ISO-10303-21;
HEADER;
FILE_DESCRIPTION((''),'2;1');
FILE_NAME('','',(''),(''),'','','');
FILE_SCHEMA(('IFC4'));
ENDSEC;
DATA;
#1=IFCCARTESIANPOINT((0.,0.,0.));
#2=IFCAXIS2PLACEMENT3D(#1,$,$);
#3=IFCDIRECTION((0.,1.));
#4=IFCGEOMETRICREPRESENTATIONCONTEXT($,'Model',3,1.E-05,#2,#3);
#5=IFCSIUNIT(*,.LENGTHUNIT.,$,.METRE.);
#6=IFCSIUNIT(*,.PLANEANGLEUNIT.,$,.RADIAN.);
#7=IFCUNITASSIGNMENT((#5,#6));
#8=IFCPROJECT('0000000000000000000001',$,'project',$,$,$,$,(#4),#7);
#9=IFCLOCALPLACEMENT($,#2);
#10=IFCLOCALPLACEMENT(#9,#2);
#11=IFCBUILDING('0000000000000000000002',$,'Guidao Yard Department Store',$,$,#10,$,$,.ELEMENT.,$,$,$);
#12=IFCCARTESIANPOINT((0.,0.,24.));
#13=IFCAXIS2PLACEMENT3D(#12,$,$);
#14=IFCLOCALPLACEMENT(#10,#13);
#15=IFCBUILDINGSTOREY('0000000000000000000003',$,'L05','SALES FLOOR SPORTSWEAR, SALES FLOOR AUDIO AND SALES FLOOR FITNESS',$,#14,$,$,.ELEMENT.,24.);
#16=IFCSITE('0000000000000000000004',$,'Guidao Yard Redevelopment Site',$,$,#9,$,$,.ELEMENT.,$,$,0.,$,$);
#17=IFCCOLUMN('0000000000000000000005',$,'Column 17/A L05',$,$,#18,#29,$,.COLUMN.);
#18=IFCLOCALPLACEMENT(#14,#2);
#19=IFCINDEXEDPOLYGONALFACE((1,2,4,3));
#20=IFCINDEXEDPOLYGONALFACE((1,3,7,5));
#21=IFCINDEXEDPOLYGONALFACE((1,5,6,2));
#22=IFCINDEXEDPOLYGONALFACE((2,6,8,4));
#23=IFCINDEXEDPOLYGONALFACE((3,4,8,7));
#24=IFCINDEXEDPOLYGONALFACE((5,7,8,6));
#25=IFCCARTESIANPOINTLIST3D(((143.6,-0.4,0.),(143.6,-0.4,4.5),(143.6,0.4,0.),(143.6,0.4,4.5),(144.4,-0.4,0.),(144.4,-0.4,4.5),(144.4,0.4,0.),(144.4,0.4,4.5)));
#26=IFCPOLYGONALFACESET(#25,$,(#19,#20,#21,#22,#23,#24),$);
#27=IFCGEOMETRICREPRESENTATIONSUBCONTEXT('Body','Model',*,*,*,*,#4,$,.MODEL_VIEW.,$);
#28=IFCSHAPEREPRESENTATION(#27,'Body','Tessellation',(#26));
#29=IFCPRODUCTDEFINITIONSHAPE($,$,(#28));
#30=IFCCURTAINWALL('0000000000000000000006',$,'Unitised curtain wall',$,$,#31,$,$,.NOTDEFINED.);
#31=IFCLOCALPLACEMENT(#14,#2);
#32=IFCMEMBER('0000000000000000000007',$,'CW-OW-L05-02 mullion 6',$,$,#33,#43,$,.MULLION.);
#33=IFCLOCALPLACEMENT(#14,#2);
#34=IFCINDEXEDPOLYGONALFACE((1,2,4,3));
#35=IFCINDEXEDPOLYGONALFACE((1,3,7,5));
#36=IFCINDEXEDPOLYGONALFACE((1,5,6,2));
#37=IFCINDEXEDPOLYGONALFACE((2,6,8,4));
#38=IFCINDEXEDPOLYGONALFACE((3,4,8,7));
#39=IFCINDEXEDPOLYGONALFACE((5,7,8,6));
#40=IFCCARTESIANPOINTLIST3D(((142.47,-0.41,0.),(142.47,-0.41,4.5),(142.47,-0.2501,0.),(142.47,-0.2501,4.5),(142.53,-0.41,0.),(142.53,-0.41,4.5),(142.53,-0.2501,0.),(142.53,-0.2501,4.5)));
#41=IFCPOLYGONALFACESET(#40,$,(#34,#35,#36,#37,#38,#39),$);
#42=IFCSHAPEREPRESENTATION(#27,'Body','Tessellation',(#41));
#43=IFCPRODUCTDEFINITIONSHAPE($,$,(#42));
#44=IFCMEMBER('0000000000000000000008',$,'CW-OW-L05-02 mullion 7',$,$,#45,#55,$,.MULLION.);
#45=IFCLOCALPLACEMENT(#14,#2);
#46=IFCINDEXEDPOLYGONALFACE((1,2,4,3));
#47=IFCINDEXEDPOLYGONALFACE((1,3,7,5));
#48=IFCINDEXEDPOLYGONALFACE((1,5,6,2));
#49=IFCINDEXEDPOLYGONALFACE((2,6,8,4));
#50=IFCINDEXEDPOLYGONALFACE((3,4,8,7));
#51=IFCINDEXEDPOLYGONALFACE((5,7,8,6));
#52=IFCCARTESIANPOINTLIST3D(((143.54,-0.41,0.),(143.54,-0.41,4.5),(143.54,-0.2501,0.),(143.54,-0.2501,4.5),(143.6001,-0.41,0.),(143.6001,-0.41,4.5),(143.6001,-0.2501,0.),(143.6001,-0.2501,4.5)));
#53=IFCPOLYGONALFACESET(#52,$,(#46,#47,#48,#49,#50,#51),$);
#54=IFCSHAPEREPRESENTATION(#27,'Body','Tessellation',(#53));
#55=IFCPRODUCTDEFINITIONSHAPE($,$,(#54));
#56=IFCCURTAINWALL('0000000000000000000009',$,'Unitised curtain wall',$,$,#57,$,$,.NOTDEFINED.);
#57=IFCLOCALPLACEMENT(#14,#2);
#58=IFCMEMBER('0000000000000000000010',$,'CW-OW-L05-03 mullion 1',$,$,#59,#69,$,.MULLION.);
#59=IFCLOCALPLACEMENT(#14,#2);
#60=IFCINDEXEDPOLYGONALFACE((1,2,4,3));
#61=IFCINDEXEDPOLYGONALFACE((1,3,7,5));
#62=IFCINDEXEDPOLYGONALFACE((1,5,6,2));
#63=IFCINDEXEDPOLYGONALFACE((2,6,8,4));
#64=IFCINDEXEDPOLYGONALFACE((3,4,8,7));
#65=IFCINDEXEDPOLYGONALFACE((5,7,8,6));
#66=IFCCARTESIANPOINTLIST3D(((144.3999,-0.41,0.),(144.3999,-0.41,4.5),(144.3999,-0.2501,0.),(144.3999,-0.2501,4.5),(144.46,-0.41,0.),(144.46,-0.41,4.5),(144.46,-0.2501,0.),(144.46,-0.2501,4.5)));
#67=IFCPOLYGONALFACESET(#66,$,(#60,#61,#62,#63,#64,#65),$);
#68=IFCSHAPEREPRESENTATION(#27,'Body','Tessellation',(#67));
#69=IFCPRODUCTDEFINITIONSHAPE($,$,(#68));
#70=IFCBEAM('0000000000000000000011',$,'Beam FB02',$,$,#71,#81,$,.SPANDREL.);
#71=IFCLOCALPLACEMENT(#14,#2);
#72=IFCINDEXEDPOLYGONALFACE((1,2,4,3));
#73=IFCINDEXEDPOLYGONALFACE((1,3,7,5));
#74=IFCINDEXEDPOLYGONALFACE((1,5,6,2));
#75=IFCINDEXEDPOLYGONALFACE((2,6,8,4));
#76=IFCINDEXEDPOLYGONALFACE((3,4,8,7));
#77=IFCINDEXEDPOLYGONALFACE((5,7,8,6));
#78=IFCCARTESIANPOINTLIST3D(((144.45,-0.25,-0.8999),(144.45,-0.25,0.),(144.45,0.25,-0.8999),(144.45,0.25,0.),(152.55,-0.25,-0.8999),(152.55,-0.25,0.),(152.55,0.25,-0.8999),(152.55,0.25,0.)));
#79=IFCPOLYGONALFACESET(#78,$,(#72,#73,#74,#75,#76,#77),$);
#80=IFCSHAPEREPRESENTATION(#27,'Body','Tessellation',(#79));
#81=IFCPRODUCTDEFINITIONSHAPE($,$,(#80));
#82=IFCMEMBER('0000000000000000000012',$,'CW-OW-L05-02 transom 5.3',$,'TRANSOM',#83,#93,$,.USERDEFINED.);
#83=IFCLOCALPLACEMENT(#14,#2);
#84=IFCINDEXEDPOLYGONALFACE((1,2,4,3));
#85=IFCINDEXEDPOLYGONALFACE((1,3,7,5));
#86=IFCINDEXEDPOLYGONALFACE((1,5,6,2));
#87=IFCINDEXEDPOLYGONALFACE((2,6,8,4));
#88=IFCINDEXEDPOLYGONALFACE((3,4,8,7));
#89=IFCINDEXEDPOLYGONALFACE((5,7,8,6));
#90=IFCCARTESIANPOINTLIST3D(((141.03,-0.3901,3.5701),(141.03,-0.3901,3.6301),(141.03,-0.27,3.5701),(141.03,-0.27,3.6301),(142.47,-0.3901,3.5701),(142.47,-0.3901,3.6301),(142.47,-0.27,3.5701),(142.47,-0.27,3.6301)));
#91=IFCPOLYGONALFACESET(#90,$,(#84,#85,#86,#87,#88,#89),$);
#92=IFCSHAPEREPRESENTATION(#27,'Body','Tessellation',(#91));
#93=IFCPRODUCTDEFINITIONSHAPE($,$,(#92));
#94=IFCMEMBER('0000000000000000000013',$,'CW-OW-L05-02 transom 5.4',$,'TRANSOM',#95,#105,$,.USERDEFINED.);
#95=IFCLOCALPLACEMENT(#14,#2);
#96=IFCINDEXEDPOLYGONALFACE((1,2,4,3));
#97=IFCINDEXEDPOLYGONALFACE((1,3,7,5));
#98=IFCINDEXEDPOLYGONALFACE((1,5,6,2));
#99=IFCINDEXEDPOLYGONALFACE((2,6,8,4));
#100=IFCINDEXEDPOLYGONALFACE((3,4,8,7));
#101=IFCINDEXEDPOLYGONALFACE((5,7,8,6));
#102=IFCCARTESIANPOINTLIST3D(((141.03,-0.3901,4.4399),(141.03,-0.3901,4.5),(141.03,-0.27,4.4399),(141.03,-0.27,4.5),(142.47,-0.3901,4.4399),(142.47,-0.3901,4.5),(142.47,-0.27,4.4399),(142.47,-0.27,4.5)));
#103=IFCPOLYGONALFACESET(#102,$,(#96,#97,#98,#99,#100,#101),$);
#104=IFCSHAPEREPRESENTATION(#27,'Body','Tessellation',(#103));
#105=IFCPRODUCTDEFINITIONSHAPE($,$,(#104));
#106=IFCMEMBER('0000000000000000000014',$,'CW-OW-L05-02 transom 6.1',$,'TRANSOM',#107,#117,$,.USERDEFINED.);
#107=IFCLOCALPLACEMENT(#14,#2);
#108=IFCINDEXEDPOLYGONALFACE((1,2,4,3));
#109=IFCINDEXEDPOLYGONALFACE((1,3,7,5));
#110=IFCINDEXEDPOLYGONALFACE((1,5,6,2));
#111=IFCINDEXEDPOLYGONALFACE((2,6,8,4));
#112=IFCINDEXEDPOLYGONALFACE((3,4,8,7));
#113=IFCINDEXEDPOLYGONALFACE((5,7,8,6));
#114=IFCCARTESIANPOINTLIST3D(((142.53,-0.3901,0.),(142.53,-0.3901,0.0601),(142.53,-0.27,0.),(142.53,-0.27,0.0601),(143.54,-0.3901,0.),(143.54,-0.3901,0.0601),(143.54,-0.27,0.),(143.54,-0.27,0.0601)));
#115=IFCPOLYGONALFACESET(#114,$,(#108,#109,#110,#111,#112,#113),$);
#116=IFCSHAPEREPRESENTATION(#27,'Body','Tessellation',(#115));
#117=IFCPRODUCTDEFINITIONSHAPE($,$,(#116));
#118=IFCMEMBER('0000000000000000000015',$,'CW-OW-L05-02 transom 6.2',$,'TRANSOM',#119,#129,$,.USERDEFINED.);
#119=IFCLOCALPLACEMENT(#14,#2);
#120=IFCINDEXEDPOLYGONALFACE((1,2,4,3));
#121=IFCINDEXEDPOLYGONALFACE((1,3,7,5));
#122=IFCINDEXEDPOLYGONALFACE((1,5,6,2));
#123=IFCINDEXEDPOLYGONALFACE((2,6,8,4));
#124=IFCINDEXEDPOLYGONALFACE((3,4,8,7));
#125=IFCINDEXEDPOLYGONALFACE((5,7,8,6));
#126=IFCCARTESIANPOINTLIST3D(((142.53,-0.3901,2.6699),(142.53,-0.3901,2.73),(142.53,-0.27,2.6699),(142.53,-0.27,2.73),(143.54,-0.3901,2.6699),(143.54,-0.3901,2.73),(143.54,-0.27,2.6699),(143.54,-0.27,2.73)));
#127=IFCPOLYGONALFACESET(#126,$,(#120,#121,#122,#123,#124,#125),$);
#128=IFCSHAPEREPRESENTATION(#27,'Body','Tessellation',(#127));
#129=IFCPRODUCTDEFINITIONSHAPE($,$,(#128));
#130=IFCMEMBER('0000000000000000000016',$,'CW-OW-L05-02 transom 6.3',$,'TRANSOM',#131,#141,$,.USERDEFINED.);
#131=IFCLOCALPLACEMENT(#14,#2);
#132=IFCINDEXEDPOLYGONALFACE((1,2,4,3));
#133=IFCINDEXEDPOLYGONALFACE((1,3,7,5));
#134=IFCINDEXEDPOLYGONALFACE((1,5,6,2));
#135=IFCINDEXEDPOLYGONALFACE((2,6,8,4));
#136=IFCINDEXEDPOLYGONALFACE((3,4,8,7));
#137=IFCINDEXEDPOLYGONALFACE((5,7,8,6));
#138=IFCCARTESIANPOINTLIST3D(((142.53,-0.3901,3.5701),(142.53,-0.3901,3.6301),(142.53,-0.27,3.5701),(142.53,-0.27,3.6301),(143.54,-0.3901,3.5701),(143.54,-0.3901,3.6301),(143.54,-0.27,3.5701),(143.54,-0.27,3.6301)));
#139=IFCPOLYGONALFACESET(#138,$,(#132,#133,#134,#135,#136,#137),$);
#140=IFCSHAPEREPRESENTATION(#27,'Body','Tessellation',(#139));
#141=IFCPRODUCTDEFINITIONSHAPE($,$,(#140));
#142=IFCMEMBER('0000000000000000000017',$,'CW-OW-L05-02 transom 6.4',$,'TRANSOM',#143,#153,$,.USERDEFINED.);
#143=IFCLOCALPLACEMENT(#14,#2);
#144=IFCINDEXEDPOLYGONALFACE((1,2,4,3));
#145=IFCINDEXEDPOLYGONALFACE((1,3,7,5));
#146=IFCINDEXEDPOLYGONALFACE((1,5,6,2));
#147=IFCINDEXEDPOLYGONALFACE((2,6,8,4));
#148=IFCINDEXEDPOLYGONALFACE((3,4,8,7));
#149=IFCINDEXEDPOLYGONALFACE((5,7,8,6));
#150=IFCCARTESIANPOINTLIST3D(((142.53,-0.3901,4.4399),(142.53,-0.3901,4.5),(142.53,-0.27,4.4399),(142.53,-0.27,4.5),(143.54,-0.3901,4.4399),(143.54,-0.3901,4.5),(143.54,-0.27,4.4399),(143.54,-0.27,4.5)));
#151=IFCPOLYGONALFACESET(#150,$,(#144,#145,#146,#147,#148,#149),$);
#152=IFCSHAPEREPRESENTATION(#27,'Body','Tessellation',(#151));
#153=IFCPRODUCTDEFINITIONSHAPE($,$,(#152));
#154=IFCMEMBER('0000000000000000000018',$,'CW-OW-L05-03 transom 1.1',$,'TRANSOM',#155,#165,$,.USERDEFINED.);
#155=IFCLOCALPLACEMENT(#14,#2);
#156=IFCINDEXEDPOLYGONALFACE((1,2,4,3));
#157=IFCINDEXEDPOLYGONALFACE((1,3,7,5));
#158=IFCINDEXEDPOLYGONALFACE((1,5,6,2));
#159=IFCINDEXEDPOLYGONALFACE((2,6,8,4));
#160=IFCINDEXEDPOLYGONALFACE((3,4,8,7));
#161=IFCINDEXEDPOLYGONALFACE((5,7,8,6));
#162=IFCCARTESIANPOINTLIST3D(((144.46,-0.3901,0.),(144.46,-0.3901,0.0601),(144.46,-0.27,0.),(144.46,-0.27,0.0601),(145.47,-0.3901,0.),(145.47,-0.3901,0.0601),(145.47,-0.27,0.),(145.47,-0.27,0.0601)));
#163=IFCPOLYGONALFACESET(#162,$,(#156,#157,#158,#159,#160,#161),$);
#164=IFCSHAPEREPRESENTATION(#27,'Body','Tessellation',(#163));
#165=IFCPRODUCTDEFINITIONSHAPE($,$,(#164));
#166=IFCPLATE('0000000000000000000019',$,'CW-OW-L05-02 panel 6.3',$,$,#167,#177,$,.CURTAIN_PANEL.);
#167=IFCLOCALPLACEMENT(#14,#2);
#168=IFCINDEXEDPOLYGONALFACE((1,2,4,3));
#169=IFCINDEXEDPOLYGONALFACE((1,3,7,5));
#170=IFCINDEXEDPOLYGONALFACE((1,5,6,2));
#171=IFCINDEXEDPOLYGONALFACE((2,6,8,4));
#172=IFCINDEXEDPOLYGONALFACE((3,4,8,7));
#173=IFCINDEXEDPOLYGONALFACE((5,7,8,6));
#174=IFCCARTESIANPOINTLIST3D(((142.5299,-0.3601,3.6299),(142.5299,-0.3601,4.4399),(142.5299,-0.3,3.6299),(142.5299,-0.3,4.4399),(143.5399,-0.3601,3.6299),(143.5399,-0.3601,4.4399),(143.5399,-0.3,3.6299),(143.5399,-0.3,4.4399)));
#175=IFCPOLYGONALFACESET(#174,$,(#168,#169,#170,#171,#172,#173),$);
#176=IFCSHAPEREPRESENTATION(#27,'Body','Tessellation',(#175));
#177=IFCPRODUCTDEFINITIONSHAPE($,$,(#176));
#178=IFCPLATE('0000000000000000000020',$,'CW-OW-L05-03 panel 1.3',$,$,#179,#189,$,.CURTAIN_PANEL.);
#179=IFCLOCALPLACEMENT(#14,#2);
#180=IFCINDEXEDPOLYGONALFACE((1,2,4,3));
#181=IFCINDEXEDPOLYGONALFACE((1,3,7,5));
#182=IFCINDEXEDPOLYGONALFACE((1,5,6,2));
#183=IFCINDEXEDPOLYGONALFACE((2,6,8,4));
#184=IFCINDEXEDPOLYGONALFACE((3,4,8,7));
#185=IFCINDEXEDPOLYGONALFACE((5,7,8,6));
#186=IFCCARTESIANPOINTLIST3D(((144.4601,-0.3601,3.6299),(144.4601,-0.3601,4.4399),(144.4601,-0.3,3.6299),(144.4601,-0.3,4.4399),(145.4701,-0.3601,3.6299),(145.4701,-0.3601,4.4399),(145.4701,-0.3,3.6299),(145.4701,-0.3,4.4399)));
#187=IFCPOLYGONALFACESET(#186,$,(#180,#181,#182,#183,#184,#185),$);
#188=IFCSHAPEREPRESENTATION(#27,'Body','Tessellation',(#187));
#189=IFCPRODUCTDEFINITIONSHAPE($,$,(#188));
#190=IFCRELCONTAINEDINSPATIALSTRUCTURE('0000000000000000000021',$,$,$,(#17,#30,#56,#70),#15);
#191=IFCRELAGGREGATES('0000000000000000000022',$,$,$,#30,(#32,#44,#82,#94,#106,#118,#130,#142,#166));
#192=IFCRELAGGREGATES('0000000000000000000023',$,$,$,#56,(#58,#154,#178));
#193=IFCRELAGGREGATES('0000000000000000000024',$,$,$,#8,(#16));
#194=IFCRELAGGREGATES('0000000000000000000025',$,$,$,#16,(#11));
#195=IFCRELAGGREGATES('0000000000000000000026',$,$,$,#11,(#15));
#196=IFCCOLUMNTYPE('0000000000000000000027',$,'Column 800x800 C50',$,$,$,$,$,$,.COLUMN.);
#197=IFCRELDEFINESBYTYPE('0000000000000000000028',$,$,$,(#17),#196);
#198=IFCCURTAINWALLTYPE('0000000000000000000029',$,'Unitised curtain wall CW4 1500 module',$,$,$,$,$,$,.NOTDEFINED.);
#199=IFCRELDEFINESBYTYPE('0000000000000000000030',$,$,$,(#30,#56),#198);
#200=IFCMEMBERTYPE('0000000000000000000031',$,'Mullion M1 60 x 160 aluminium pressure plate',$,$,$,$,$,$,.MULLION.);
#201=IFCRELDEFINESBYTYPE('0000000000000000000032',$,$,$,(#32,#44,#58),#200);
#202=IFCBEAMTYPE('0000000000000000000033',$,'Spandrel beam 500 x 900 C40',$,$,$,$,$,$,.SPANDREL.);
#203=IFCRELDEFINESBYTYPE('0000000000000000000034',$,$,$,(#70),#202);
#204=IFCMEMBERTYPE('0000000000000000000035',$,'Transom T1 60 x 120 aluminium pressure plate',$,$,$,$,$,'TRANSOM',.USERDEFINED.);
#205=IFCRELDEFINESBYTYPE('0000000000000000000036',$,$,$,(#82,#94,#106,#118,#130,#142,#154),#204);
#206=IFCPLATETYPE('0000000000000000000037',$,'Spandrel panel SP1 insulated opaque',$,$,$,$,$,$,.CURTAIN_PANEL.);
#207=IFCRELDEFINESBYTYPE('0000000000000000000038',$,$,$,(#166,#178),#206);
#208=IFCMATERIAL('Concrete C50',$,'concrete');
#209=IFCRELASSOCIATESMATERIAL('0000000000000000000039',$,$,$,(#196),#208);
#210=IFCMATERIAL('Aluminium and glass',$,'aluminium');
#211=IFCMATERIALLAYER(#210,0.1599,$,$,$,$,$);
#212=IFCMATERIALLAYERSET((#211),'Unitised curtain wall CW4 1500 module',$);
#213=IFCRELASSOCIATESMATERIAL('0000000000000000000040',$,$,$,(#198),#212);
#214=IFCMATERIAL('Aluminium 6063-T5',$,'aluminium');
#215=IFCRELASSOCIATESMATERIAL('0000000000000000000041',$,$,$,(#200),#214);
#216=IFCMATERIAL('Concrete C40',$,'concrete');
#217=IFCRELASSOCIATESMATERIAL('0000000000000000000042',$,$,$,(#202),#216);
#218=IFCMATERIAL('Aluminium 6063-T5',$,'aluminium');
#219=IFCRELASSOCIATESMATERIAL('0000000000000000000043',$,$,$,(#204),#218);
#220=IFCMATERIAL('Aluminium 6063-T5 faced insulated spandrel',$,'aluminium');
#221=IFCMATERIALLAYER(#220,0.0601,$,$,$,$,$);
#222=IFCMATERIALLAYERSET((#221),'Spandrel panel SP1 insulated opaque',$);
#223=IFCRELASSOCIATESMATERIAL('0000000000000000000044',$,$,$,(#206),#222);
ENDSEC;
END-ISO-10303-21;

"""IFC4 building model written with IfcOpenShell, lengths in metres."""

from ifc_helpers import new_model, si_unit, direction, frame, origin, origin_2d, place, context, subcontext, project, spatial, rectangle, extrude, material, layer, layer_set, material_profile, profile_set, type_object, element, aggregate, save


model = new_model("IFC4")

# Units and contexts
model_context = context("Model", 3, precision=1e-05, world=origin(), true_north=direction((0.0, 1.0)))
body_context = subcontext(model_context, "Body", "Model", "MODEL_VIEW")
ifc_project = project(units=[si_unit("LENGTHUNIT", "METRE"), si_unit("PLANEANGLEUNIT", "RADIAN")], contexts=[model_context])

# Site, building, storey
site_placement = place(None, origin())
site = spatial("IfcSite", under=ifc_project, at=site_placement, Name="Guidao Yard Redevelopment Site", CompositionType="ELEMENT", RefElevation=0.0)
building_placement = place(site_placement, origin())
building = spatial("IfcBuilding", under=site, at=building_placement, Name="Guidao Yard Department Store", CompositionType="ELEMENT")
storey_placement = place(building_placement, frame((0.0, 0.0, 24.0)))
storey = spatial("IfcBuildingStorey", under=building, at=storey_placement, Name="L05", Description="SALES FLOOR SPORTSWEAR, SALES FLOOR AUDIO AND SALES FLOOR FITNESS", CompositionType="ELEMENT", Elevation=24.0)

# Column
ifc_material_1 = material(Name="Concrete C50", Category="concrete")
ifc_material_profile_1 = material_profile(ifc_material_1, rectangle(XDim=0.8, YDim=0.8, at=origin_2d()), Name="COL 800x800")
ifc_profile_set_1 = profile_set([ifc_material_profile_1], Name="Concrete C50")
column_type = type_object("IfcColumnType", Name="Column 800x800 C50", PredefinedType="COLUMN", material=ifc_profile_set_1)
column_placement = place(storey_placement, frame((144.0, 0.0, 0.0), z_axis=(0.0, 0.0, 1.0), x_axis=(1.0, 0.0, 0.0)))
element("IfcColumn", 1, at=column_placement, inside=storey, type_object=column_type, Name="Column 17/A L05", PredefinedType="COLUMN", context=body_context, shape_type="SweptSolid", body=[
    extrude(rectangle(XDim=0.8, YDim=0.8, at=origin_2d()), origin(), (0.0, 0.0, 1.0), 4.5),
])

# Curtain wall, members
ifc_material_2 = material(Name="Aluminium and glass", Category="aluminium")
ifc_layer_1 = layer(ifc_material_2, 0.1599)
ifc_layer_set_1 = layer_set([ifc_layer_1], Name="Unitised curtain wall CW4 1500 module")
curtain_wall_type = type_object("IfcCurtainWallType", Name="Unitised curtain wall CW4 1500 module", PredefinedType="NOTDEFINED", material=ifc_layer_set_1)
curtain_wall_1_placement = place(storey_placement, origin())
curtain_wall_1 = element("IfcCurtainWall", 2, at=curtain_wall_1_placement, inside=storey, type_object=curtain_wall_type, Name="Unitised curtain wall", PredefinedType="NOTDEFINED")
ifc_material_3 = material(Name="Aluminium 6063-T5", Category="aluminium")
ifc_material_profile_2 = material_profile(ifc_material_3, rectangle(XDim=0.0601, YDim=0.1599, at=origin_2d()), Name="Mullion M1 60 x 160 aluminium pressure plate")
ifc_profile_set_2 = profile_set([ifc_material_profile_2], Name="Aluminium 6063-T5")
member_type_1 = type_object("IfcMemberType", Name="Mullion M1 60 x 160 aluminium pressure plate", PredefinedType="MULLION", material=ifc_profile_set_2)
member_1_placement = place(storey_placement, frame((142.5, -0.3301, 0.0), z_axis=(0.0, 0.0, 1.0), x_axis=(-1.0, 0.0, 0.0)))
member_1 = element("IfcMember", 3, at=member_1_placement, type_object=member_type_1, Name="CW-OW-L05-02 mullion 6", PredefinedType="MULLION", context=body_context, shape_type="SweptSolid", body=[
    extrude(rectangle(XDim=0.0601, YDim=0.1599, at=origin_2d()), origin(), (0.0, 0.0, 1.0), 4.5),
])
member_2_placement = place(storey_placement, frame((143.5701, -0.3301, 0.0), z_axis=(0.0, 0.0, 1.0), x_axis=(-1.0, 0.0, 0.0)))
member_2 = element("IfcMember", 4, at=member_2_placement, type_object=member_type_1, Name="CW-OW-L05-02 mullion 7", PredefinedType="MULLION", context=body_context, shape_type="SweptSolid", body=[
    extrude(rectangle(XDim=0.0601, YDim=0.1599, at=origin_2d()), origin(), (0.0, 0.0, 1.0), 4.5),
])

# Curtain wall, member
curtain_wall_2_placement = place(storey_placement, origin())
curtain_wall_2 = element("IfcCurtainWall", 5, at=curtain_wall_2_placement, inside=storey, type_object=curtain_wall_type, Name="Unitised curtain wall", PredefinedType="NOTDEFINED")
member_3_placement = place(storey_placement, frame((144.4299, -0.3301, 0.0), z_axis=(0.0, 0.0, 1.0), x_axis=(-1.0, 0.0, 0.0)))
member_3 = element("IfcMember", 6, at=member_3_placement, type_object=member_type_1, Name="CW-OW-L05-03 mullion 1", PredefinedType="MULLION", context=body_context, shape_type="SweptSolid", body=[
    extrude(rectangle(XDim=0.0601, YDim=0.1599, at=origin_2d()), origin(), (0.0, 0.0, 1.0), 4.5),
])

# Beam
ifc_material_4 = material(Name="Concrete C40", Category="concrete")
ifc_material_profile_3 = material_profile(ifc_material_4, rectangle(XDim=0.5, YDim=0.8999, at=origin_2d()), Name="Spandrel beam 500 x 900 C40")
ifc_profile_set_3 = profile_set([ifc_material_profile_3], Name="Concrete C40")
beam_type = type_object("IfcBeamType", Name="Spandrel beam 500 x 900 C40", PredefinedType="SPANDREL", material=ifc_profile_set_3)
beam_placement = place(storey_placement, frame((144.45, 0.0, -0.45), z_axis=(1.0, 0.0, 0.0), x_axis=(0.0, 1.0, 0.0)))
element("IfcBeam", 7, at=beam_placement, inside=storey, type_object=beam_type, Name="Beam FB02", PredefinedType="SPANDREL", context=body_context, shape_type="SweptSolid", body=[
    extrude(rectangle(XDim=0.5, YDim=0.8999, at=origin_2d()), origin(), (0.0, 0.0, 1.0), 8.1001),
])

# Members
ifc_material_5 = material(Name="Aluminium 6063-T5", Category="aluminium")
ifc_material_profile_4 = material_profile(ifc_material_5, rectangle(XDim=0.1201, YDim=0.0601, at=origin_2d()), Name="Transom T1 60 x 120 aluminium pressure plate")
ifc_profile_set_4 = profile_set([ifc_material_profile_4], Name="Aluminium 6063-T5")
member_type_2 = type_object("IfcMemberType", Name="Transom T1 60 x 120 aluminium pressure plate", ElementType="TRANSOM", PredefinedType="USERDEFINED", material=ifc_profile_set_4)
member_4_placement = place(storey_placement, frame((142.47, -0.3301, 3.6001), z_axis=(-1.0, 0.0, 0.0), x_axis=(0.0, -1.0, 0.0)))
member_4 = element("IfcMember", 8, at=member_4_placement, type_object=member_type_2, Name="CW-OW-L05-02 transom 5.3", ObjectType="TRANSOM", PredefinedType="USERDEFINED", context=body_context, shape_type="SweptSolid", body=[
    extrude(rectangle(XDim=0.1201, YDim=0.0601, at=origin_2d()), origin(), (0.0, 0.0, 1.0), 1.4399),
])
member_5_placement = place(storey_placement, frame((142.47, -0.3301, 4.47), z_axis=(-1.0, 0.0, 0.0), x_axis=(0.0, -1.0, 0.0)))
member_5 = element("IfcMember", 9, at=member_5_placement, type_object=member_type_2, Name="CW-OW-L05-02 transom 5.4", ObjectType="TRANSOM", PredefinedType="USERDEFINED", context=body_context, shape_type="SweptSolid", body=[
    extrude(rectangle(XDim=0.1201, YDim=0.0601, at=origin_2d()), origin(), (0.0, 0.0, 1.0), 1.4399),
])
member_6_placement = place(storey_placement, frame((143.54, -0.3301, 0.03), z_axis=(-1.0, 0.0, 0.0), x_axis=(0.0, -1.0, 0.0)))
member_6 = element("IfcMember", 10, at=member_6_placement, type_object=member_type_2, Name="CW-OW-L05-02 transom 6.1", ObjectType="TRANSOM", PredefinedType="USERDEFINED", context=body_context, shape_type="SweptSolid", body=[
    extrude(rectangle(XDim=0.1201, YDim=0.0601, at=origin_2d()), origin(), (0.0, 0.0, 1.0), 1.01),
])
member_7_placement = place(storey_placement, frame((143.54, -0.3301, 2.7), z_axis=(-1.0, 0.0, 0.0), x_axis=(0.0, -1.0, 0.0)))
member_7 = element("IfcMember", 11, at=member_7_placement, type_object=member_type_2, Name="CW-OW-L05-02 transom 6.2", ObjectType="TRANSOM", PredefinedType="USERDEFINED", context=body_context, shape_type="SweptSolid", body=[
    extrude(rectangle(XDim=0.1201, YDim=0.0601, at=origin_2d()), origin(), (0.0, 0.0, 1.0), 1.01),
])
member_8_placement = place(storey_placement, frame((143.54, -0.3301, 3.6001), z_axis=(-1.0, 0.0, 0.0), x_axis=(0.0, -1.0, 0.0)))
member_8 = element("IfcMember", 12, at=member_8_placement, type_object=member_type_2, Name="CW-OW-L05-02 transom 6.3", ObjectType="TRANSOM", PredefinedType="USERDEFINED", context=body_context, shape_type="SweptSolid", body=[
    extrude(rectangle(XDim=0.1201, YDim=0.0601, at=origin_2d()), origin(), (0.0, 0.0, 1.0), 1.01),
])
member_9_placement = place(storey_placement, frame((143.54, -0.3301, 4.47), z_axis=(-1.0, 0.0, 0.0), x_axis=(0.0, -1.0, 0.0)))
member_9 = element("IfcMember", 13, at=member_9_placement, type_object=member_type_2, Name="CW-OW-L05-02 transom 6.4", ObjectType="TRANSOM", PredefinedType="USERDEFINED", context=body_context, shape_type="SweptSolid", body=[
    extrude(rectangle(XDim=0.1201, YDim=0.0601, at=origin_2d()), origin(), (0.0, 0.0, 1.0), 1.01),
])
member_10_placement = place(storey_placement, frame((145.47, -0.3301, 0.03), z_axis=(-1.0, 0.0, 0.0), x_axis=(0.0, -1.0, 0.0)))
member_10 = element("IfcMember", 14, at=member_10_placement, type_object=member_type_2, Name="CW-OW-L05-03 transom 1.1", ObjectType="TRANSOM", PredefinedType="USERDEFINED", context=body_context, shape_type="SweptSolid", body=[
    extrude(rectangle(XDim=0.1201, YDim=0.0601, at=origin_2d()), origin(), (0.0, 0.0, 1.0), 1.01),
])

# Plates
ifc_material_6 = material(Name="Aluminium 6063-T5 faced insulated spandrel", Category="aluminium")
ifc_layer_2 = layer(ifc_material_6, 0.0601)
ifc_layer_set_2 = layer_set([ifc_layer_2], Name="Spandrel panel SP1 insulated opaque")
plate_type_1 = type_object("IfcPlateType", Name="Spandrel panel SP1 insulated opaque", PredefinedType="CURTAIN_PANEL", material=ifc_layer_set_2)
plate_1_placement = place(storey_placement, frame((143.0349, -0.3301, 3.6299), z_axis=(0.0, 0.0, 1.0), x_axis=(-1.0, 0.0, 0.0)))
plate_1 = element("IfcPlate", 15, at=plate_1_placement, type_object=plate_type_1, Name="CW-OW-L05-02 panel 6.3", PredefinedType="CURTAIN_PANEL", context=body_context, shape_type="SweptSolid", body=[
    extrude(rectangle(XDim=1.01, YDim=0.0601, at=origin_2d()), origin(), (0.0, 0.0, 1.0), 0.8101),
])
plate_2_placement = place(storey_placement, frame((144.9651, -0.3301, 3.6299), z_axis=(0.0, 0.0, 1.0), x_axis=(-1.0, 0.0, 0.0)))
plate_2 = element("IfcPlate", 16, at=plate_2_placement, type_object=plate_type_1, Name="CW-OW-L05-03 panel 1.3", PredefinedType="CURTAIN_PANEL", context=body_context, shape_type="SweptSolid", body=[
    extrude(rectangle(XDim=1.01, YDim=0.0601, at=origin_2d()), origin(), (0.0, 0.0, 1.0), 0.8101),
])
aggregate(curtain_wall_1, [member_1, member_2, member_4, member_5, member_6, member_7, member_8, member_9, plate_1])
aggregate(curtain_wall_2, [member_3, member_10, plate_2])

save(model, "model.ifc")
